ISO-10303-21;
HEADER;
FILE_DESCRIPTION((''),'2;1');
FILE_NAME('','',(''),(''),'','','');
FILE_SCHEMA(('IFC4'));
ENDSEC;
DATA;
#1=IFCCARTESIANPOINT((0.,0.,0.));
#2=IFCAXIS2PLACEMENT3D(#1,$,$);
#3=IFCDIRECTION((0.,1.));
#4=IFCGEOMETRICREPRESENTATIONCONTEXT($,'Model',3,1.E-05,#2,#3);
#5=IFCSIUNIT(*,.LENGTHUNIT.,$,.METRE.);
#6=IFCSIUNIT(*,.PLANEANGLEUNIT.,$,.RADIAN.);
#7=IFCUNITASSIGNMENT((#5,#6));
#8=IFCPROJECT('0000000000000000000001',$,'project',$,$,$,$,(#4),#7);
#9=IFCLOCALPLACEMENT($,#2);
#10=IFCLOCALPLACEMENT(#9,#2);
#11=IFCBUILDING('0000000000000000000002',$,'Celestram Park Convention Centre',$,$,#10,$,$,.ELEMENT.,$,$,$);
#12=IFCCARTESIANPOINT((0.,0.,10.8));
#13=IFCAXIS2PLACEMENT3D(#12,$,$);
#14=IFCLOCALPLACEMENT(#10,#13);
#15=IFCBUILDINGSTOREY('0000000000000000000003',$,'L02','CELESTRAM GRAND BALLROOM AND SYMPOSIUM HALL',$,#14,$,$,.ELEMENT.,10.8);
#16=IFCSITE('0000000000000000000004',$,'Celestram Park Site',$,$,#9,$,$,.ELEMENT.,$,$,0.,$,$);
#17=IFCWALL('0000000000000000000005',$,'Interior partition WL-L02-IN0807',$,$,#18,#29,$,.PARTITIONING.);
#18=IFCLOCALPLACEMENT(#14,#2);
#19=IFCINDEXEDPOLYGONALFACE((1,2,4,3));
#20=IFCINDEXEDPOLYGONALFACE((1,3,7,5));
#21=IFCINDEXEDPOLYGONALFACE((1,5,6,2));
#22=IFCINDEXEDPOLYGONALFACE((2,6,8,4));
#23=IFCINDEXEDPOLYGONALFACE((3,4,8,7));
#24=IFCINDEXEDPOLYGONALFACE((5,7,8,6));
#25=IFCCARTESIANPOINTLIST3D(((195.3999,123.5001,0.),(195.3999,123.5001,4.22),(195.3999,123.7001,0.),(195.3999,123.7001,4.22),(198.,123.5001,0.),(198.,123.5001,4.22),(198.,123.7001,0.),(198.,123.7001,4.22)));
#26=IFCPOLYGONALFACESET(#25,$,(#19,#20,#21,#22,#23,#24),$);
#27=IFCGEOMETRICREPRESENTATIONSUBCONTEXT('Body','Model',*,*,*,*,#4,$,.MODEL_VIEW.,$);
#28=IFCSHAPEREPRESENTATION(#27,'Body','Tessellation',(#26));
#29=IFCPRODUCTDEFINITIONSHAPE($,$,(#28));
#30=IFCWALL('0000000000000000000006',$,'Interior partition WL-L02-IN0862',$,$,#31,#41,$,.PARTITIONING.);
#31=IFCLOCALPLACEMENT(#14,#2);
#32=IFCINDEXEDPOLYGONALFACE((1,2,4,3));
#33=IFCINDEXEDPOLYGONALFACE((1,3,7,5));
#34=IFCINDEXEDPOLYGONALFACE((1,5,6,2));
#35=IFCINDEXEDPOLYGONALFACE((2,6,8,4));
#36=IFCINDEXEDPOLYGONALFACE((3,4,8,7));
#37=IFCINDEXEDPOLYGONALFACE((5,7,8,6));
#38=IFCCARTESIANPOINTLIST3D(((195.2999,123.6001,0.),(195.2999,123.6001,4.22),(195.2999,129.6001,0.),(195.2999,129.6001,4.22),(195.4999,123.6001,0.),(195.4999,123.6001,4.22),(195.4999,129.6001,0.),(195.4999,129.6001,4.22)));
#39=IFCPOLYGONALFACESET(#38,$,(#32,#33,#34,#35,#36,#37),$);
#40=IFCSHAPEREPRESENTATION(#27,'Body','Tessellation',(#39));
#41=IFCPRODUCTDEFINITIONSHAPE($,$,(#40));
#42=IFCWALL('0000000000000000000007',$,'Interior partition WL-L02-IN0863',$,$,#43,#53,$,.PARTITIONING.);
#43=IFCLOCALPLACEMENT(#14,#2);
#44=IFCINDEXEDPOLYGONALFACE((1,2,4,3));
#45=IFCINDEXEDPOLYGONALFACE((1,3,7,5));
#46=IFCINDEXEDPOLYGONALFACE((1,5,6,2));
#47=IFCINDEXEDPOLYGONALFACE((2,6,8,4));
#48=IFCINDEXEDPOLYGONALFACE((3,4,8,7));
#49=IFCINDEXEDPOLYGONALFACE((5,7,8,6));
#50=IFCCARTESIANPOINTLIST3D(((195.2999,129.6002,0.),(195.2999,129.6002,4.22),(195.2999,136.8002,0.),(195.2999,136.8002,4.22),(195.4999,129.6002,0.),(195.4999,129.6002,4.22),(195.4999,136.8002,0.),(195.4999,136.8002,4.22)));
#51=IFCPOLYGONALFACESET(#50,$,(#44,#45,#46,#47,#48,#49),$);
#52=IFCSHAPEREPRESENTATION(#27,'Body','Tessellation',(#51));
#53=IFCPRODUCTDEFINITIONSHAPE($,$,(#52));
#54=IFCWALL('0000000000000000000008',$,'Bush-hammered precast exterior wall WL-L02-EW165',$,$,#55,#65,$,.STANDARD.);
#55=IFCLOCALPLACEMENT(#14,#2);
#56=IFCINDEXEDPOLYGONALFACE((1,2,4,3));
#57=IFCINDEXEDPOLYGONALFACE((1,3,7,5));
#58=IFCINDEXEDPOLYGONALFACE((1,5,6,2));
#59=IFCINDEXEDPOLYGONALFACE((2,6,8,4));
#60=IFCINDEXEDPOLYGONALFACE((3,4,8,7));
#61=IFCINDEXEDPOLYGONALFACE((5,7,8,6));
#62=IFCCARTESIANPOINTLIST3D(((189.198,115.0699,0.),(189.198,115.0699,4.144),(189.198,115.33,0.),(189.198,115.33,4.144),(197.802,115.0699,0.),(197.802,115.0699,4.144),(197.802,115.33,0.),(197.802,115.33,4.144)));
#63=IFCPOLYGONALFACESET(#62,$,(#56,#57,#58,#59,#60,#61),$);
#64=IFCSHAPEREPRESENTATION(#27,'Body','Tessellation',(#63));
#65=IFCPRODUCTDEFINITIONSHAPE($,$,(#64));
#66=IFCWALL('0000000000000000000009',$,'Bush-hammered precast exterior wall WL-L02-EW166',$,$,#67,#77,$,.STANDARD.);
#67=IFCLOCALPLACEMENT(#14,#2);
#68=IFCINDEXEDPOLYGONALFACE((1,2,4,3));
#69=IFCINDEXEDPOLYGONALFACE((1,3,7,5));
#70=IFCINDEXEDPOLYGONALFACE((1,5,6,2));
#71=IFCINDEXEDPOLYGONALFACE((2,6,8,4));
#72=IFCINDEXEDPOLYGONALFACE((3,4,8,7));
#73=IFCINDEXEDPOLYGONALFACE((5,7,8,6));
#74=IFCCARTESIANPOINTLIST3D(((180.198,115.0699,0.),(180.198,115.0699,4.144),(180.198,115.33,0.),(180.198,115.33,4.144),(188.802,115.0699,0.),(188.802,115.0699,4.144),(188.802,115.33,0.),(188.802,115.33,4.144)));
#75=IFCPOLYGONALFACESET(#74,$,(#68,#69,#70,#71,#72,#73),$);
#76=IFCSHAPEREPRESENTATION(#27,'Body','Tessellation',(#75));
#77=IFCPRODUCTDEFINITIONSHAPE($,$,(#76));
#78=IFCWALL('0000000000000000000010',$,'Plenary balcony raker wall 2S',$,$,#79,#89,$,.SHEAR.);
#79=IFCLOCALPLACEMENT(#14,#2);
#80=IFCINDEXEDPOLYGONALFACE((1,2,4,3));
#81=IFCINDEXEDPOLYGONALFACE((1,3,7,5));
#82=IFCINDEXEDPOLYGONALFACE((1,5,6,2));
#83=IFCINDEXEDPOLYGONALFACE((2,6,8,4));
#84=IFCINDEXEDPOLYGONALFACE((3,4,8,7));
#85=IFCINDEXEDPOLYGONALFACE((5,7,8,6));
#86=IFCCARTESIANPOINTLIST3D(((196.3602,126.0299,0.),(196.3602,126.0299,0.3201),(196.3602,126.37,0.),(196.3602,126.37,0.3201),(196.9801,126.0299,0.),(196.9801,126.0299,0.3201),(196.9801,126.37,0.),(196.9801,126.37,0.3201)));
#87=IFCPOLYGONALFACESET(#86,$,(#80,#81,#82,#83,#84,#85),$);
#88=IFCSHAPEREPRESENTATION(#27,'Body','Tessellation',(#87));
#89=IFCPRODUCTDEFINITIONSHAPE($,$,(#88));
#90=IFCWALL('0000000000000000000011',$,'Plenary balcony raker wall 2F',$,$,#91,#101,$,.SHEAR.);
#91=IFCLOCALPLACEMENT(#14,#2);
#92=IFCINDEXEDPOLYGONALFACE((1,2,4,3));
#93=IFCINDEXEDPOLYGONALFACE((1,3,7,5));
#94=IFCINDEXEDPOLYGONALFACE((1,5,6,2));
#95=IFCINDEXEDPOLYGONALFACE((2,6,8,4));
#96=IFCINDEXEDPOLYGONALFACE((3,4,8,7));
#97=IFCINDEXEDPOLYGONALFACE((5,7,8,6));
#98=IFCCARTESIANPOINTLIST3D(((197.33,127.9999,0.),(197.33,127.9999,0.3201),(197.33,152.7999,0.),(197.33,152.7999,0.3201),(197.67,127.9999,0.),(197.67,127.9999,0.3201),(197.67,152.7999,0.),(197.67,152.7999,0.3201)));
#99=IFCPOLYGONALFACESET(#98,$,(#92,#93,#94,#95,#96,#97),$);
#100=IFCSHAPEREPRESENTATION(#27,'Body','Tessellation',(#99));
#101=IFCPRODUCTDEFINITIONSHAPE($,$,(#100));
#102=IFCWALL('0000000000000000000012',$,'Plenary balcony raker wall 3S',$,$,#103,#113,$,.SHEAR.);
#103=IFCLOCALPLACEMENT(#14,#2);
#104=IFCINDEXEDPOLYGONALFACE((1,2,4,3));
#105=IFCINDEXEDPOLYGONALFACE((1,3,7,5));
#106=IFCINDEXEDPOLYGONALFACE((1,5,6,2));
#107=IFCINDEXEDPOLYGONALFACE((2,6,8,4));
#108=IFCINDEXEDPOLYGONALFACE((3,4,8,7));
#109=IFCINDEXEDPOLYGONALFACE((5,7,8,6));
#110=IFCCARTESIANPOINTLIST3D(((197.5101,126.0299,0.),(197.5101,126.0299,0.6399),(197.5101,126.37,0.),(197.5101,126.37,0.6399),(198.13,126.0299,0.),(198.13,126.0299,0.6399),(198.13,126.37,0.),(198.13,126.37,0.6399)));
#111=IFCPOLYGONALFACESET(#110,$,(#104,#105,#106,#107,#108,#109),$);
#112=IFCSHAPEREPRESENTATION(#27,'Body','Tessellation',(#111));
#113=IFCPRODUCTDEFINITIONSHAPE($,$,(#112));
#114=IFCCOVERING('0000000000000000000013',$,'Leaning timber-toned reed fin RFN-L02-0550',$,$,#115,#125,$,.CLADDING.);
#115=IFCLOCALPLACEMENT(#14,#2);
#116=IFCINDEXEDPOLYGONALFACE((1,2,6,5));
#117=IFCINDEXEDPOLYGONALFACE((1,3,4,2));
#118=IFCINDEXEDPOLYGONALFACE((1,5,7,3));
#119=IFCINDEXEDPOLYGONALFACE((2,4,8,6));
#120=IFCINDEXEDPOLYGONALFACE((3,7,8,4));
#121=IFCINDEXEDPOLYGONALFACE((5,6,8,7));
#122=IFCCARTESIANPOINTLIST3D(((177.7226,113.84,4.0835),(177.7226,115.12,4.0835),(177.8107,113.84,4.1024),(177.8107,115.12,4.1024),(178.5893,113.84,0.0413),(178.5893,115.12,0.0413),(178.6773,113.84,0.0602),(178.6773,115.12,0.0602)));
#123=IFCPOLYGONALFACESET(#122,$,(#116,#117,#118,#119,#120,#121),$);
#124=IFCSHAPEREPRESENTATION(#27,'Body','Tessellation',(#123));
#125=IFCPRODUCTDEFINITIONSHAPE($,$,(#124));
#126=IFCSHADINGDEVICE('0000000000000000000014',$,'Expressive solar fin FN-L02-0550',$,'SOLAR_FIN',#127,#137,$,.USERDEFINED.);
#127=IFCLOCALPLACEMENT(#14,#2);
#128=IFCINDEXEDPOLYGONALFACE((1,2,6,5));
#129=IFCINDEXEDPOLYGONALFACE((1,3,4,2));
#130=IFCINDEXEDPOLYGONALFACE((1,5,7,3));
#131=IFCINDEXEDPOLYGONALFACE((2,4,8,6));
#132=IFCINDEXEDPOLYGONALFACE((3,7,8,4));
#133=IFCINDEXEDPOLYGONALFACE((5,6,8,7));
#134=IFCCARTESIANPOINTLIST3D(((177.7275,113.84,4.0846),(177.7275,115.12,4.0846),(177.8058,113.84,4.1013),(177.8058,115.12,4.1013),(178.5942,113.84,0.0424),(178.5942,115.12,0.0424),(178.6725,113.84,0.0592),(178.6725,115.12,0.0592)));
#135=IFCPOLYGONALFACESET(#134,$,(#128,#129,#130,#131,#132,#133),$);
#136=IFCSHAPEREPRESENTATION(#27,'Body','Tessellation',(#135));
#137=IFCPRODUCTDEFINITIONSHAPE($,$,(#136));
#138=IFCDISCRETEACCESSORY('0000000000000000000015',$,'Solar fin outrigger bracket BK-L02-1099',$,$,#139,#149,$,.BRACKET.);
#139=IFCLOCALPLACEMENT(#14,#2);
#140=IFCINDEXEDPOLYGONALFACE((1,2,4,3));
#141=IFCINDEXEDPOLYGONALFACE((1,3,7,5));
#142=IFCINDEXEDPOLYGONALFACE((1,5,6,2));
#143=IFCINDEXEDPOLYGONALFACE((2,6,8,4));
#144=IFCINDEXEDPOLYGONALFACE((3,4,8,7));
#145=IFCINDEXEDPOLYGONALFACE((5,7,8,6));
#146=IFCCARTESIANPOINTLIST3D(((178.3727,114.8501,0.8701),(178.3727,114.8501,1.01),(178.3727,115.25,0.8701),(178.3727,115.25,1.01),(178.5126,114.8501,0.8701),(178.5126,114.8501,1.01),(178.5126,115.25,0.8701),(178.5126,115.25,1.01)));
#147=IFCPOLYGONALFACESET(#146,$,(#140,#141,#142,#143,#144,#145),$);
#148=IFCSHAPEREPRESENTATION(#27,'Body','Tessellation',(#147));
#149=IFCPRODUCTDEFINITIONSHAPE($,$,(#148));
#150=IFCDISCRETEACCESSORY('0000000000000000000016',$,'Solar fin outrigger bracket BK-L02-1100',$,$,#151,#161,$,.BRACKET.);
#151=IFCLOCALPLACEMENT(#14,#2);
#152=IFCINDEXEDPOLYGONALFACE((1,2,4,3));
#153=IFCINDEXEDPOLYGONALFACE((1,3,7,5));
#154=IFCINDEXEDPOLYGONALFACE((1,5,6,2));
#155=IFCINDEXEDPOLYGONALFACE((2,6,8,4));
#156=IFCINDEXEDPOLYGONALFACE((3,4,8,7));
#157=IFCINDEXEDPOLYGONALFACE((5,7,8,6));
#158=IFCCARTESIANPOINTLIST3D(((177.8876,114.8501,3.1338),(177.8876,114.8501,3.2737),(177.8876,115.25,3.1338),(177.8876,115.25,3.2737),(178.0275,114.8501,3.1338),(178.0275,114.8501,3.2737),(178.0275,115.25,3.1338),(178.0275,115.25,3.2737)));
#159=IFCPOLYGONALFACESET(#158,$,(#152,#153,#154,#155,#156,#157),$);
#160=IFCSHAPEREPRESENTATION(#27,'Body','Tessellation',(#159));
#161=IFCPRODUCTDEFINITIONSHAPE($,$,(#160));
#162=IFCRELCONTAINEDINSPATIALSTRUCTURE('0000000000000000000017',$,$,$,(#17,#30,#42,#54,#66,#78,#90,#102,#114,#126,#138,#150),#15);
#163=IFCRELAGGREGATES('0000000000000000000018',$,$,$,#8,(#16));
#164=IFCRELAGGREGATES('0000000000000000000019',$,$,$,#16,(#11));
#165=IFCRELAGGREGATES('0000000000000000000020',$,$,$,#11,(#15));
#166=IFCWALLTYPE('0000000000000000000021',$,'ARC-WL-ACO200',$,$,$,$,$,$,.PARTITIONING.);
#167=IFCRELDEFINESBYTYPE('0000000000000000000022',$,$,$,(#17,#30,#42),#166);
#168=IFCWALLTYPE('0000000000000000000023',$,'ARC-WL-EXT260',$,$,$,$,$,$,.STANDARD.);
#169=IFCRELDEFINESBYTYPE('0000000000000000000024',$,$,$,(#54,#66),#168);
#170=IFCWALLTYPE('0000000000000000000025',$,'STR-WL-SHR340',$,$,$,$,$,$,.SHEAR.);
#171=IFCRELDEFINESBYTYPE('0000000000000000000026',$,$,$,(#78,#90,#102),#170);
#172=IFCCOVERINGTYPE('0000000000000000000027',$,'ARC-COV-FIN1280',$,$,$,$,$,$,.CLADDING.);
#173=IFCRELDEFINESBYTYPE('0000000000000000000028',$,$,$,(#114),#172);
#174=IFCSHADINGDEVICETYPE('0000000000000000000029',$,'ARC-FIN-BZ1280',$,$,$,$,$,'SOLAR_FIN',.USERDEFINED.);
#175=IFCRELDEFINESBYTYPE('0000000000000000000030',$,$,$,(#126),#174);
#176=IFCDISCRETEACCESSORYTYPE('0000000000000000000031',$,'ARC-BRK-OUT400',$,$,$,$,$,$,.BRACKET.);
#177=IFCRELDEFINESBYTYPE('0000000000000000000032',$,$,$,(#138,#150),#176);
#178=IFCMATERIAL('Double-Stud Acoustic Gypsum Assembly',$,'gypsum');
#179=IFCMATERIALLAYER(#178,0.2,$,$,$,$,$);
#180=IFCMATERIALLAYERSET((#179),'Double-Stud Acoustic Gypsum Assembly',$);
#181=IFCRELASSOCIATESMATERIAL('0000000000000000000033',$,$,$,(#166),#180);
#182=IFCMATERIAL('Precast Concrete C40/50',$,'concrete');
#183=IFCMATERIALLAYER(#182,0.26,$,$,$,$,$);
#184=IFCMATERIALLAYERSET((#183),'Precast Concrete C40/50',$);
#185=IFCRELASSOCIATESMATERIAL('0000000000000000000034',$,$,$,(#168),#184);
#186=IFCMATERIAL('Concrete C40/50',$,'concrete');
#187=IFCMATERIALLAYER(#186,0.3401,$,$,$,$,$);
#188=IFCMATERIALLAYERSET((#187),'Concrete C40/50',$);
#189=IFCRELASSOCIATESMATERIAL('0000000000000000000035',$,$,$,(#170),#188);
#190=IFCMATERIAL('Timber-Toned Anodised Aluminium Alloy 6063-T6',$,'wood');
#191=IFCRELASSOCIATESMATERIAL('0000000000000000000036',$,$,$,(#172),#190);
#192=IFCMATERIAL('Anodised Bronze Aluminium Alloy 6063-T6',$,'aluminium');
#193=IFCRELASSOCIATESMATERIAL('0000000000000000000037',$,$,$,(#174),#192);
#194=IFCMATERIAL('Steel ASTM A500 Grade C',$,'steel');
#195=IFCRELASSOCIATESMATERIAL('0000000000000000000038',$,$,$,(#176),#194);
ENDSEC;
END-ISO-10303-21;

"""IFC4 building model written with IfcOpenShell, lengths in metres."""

from ifc_helpers import new_model, si_unit, direction, frame, frame_2d, origin, origin_2d, place, context, subcontext, project, spatial, rectangle, extrude, material, layer, layer_set, material_profile, profile_set, type_object, element, save


model = new_model("IFC4")

# Units and contexts
model_context = context("Model", 3, precision=1e-05, world=origin(), true_north=direction((0.0, 1.0)))
body_context = subcontext(model_context, "Body", "Model", "MODEL_VIEW")
ifc_project = project(units=[si_unit("LENGTHUNIT", "METRE"), si_unit("PLANEANGLEUNIT", "RADIAN")], contexts=[model_context])

# Site, building, storey
site_placement = place(None, origin())
site = spatial("IfcSite", under=ifc_project, at=site_placement, Name="Celestram Park Site", CompositionType="ELEMENT", RefElevation=0.0)
building_placement = place(site_placement, origin())
building = spatial("IfcBuilding", under=site, at=building_placement, Name="Celestram Park Convention Centre", CompositionType="ELEMENT")
storey_placement = place(building_placement, frame((0.0, 0.0, 10.8)))
storey = spatial("IfcBuildingStorey", under=building, at=storey_placement, Name="L02", Description="CELESTRAM GRAND BALLROOM AND SYMPOSIUM HALL", CompositionType="ELEMENT", Elevation=10.8)

# Shared definitions
ifc_material_1 = material(Name="Steel ASTM A500 Grade C", Category="steel")

# Wall
ifc_material_2 = material(Name="Double-Stud Acoustic Gypsum Assembly", Category="gypsum")
ifc_layer_1 = layer(ifc_material_2, 0.2)
ifc_layer_set_1 = layer_set([ifc_layer_1], Name="Double-Stud Acoustic Gypsum Assembly")
wall_type_1 = type_object("IfcWallType", Name="ARC-WL-ACO200", PredefinedType="PARTITIONING", material=ifc_layer_set_1)
wall_1_placement = place(storey_placement, frame((195.3999, 123.6001, 0.0), z_axis=(0.0, 0.0, 1.0), x_axis=(1.0, 0.0, 0.0)))
element("IfcWall", 1, at=wall_1_placement, inside=storey, type_object=wall_type_1, Name="Interior partition WL-L02-IN0807", PredefinedType="PARTITIONING", context=body_context, shape_type="SweptSolid", body=[
    extrude(rectangle(XDim=2.6001, YDim=0.2, at=frame_2d((1.3, 0.0))), origin(), (0.0, 0.0, 1.0), 4.22),
])

# Walls
wall_2_placement = place(storey_placement, frame((195.3999, 123.6001, 0.0), z_axis=(0.0, 0.0, 1.0), x_axis=(0.0, 1.0, 0.0)))
element("IfcWall", 2, at=wall_2_placement, inside=storey, type_object=wall_type_1, Name="Interior partition WL-L02-IN0862", PredefinedType="PARTITIONING", context=body_context, shape_type="SweptSolid", body=[
    extrude(rectangle(XDim=6.0, YDim=0.2, at=frame_2d((3.0, 0.0))), origin(), (0.0, 0.0, 1.0), 4.22),
])
wall_3_placement = place(storey_placement, frame((195.3999, 129.6001, 0.0), z_axis=(0.0, 0.0, 1.0), x_axis=(0.0, 1.0, 0.0)))
element("IfcWall", 3, at=wall_3_placement, inside=storey, type_object=wall_type_1, Name="Interior partition WL-L02-IN0863", PredefinedType="PARTITIONING", context=body_context, shape_type="SweptSolid", body=[
    extrude(rectangle(XDim=7.2, YDim=0.2, at=frame_2d((3.6001, 0.0))), origin(), (0.0, 0.0, 1.0), 4.22),
])
ifc_material_3 = material(Name="Precast Concrete C40/50", Category="concrete")
ifc_layer_2 = layer(ifc_material_3, 0.26)
ifc_layer_set_2 = layer_set([ifc_layer_2], Name="Precast Concrete C40/50")
wall_type_2 = type_object("IfcWallType", Name="ARC-WL-EXT260", PredefinedType="STANDARD", material=ifc_layer_set_2)
for number, where, z_axis, x_axis, name in (
    (4, (197.802, 115.2, 0.0), (0.0, 0.0, 1.0), (-1.0, 0.0, 0.0), "Bush-hammered precast exterior wall WL-L02-EW165"),
    (5, (188.802, 115.2, 0.0), (0.0, 0.0, 1.0), (-1.0, 0.0, 0.0), "Bush-hammered precast exterior wall WL-L02-EW166"),
):
    element("IfcWall", number, at=place(storey_placement, frame(where, z_axis=z_axis, x_axis=x_axis)), inside=storey, type_object=wall_type_2, Name=name, PredefinedType="STANDARD", context=body_context, shape_type="SweptSolid", body=[
        extrude(rectangle(XDim=8.604, YDim=0.26, at=frame_2d((4.302, 0.0))), origin(), (0.0, 0.0, 1.0), 4.144),
    ])
ifc_material_4 = material(Name="Concrete C40/50", Category="concrete")
ifc_layer_3 = layer(ifc_material_4, 0.3401)
ifc_layer_set_3 = layer_set([ifc_layer_3], Name="Concrete C40/50")
wall_type_3 = type_object("IfcWallType", Name="STR-WL-SHR340", PredefinedType="SHEAR", material=ifc_layer_set_3)
wall_4_placement = place(storey_placement, frame((196.3601, 126.2, 0.0), z_axis=(0.0, 0.0, 1.0), x_axis=(1.0, 0.0, 0.0)))
element("IfcWall", 6, at=wall_4_placement, inside=storey, type_object=wall_type_3, Name="Plenary balcony raker wall 2S", PredefinedType="SHEAR", context=body_context, shape_type="SweptSolid", body=[
    extrude(rectangle(XDim=0.6199, YDim=0.3401, at=frame_2d((0.3101, 0.0))), origin(), (0.0, 0.0, 1.0), 0.3201),
])
wall_5_placement = place(storey_placement, frame((197.5, 128.0, 0.0), z_axis=(0.0, 0.0, 1.0), x_axis=(0.0, 1.0, 0.0)))
element("IfcWall", 7, at=wall_5_placement, inside=storey, type_object=wall_type_3, Name="Plenary balcony raker wall 2F", PredefinedType="SHEAR", context=body_context, shape_type="SweptSolid", body=[
    extrude(rectangle(XDim=24.8, YDim=0.3401, at=frame_2d((12.3999, 0.0))), origin(), (0.0, 0.0, 1.0), 0.3201),
])
wall_6_placement = place(storey_placement, frame((197.51, 126.2, 0.0), z_axis=(0.0, 0.0, 1.0), x_axis=(1.0, 0.0, 0.0)))
element("IfcWall", 8, at=wall_6_placement, inside=storey, type_object=wall_type_3, Name="Plenary balcony raker wall 3S", PredefinedType="SHEAR", context=body_context, shape_type="SweptSolid", body=[
    extrude(rectangle(XDim=0.6199, YDim=0.3401, at=frame_2d((0.3101, 0.0))), origin(), (0.0, 0.0, 1.0), 0.6399),
])

# Covering
ifc_material_5 = material(Name="Timber-Toned Anodised Aluminium Alloy 6063-T6", Category="wood")
ifc_material_profile_1 = material_profile(ifc_material_5, rectangle(XDim=1.28, YDim=0.0901, at=origin_2d()), Name="REED1280X90")
ifc_profile_set_1 = profile_set([ifc_material_profile_1], Name="Timber-Toned Anodised Aluminium Alloy 6063-T6")
covering_type = type_object("IfcCoveringType", Name="ARC-COV-FIN1280", PredefinedType="CLADDING", material=ifc_profile_set_1)
covering_placement = place(storey_placement, frame((178.6333, 114.48, 0.0508), z_axis=(-0.209646, 0.0, 0.977777), x_axis=(0.0, -1.0, 0.0)))
element("IfcCovering", 9, at=covering_placement, inside=storey, type_object=covering_type, Name="Leaning timber-toned reed fin RFN-L02-0550", PredefinedType="CLADDING", context=body_context, shape_type="SweptSolid", body=[
    extrude(rectangle(XDim=1.28, YDim=0.0901, at=origin_2d()), origin(), (0.0, 0.0, 1.0), 4.134),
])

# Shading device
ifc_material_6 = material(Name="Anodised Bronze Aluminium Alloy 6063-T6", Category="aluminium")
ifc_material_profile_2 = material_profile(ifc_material_6, rectangle(XDim=1.28, YDim=0.0801, at=origin_2d()), Name="FIN1280X80")
ifc_profile_set_2 = profile_set([ifc_material_profile_2], Name="Anodised Bronze Aluminium Alloy 6063-T6")
shading_device_type = type_object("IfcShadingDeviceType", Name="ARC-FIN-BZ1280", ElementType="SOLAR_FIN", PredefinedType="USERDEFINED", material=ifc_profile_set_2)
shading_device_placement = place(storey_placement, frame((178.6333, 114.48, 0.0508), z_axis=(-0.209646, 0.0, 0.977777), x_axis=(0.0, -1.0, 0.0)))
element("IfcShadingDevice", 10, at=shading_device_placement, inside=storey, type_object=shading_device_type, Name="Expressive solar fin FN-L02-0550", ObjectType="SOLAR_FIN", PredefinedType="USERDEFINED", context=body_context, shape_type="SweptSolid", body=[
    extrude(rectangle(XDim=1.28, YDim=0.0801, at=origin_2d()), origin(), (0.0, 0.0, 1.0), 4.134),
])

# Discrete accessories
discrete_accessory_type = type_object("IfcDiscreteAccessoryType", Name="ARC-BRK-OUT400", PredefinedType="BRACKET", material=ifc_material_1)
for number, where, z_axis, x_axis, name in (
    (11, (178.4426, 115.05, 0.8701), (0.0, 0.0, 1.0), (0.0, -1.0, 0.0), "Solar fin outrigger bracket BK-L02-1099"),
    (12, (177.9575, 115.05, 3.1338), (0.0, 0.0, 1.0), (0.0, -1.0, 0.0), "Solar fin outrigger bracket BK-L02-1100"),
):
    element("IfcDiscreteAccessory", number, at=place(storey_placement, frame(where, z_axis=z_axis, x_axis=x_axis)), inside=storey, type_object=discrete_accessory_type, Name=name, PredefinedType="BRACKET", context=body_context, shape_type="SweptSolid", body=[
        extrude(rectangle(XDim=0.3999, YDim=0.1399, at=origin_2d()), origin(), (0.0, 0.0, 1.0), 0.1399),
    ])

save(model, "model.ifc")
